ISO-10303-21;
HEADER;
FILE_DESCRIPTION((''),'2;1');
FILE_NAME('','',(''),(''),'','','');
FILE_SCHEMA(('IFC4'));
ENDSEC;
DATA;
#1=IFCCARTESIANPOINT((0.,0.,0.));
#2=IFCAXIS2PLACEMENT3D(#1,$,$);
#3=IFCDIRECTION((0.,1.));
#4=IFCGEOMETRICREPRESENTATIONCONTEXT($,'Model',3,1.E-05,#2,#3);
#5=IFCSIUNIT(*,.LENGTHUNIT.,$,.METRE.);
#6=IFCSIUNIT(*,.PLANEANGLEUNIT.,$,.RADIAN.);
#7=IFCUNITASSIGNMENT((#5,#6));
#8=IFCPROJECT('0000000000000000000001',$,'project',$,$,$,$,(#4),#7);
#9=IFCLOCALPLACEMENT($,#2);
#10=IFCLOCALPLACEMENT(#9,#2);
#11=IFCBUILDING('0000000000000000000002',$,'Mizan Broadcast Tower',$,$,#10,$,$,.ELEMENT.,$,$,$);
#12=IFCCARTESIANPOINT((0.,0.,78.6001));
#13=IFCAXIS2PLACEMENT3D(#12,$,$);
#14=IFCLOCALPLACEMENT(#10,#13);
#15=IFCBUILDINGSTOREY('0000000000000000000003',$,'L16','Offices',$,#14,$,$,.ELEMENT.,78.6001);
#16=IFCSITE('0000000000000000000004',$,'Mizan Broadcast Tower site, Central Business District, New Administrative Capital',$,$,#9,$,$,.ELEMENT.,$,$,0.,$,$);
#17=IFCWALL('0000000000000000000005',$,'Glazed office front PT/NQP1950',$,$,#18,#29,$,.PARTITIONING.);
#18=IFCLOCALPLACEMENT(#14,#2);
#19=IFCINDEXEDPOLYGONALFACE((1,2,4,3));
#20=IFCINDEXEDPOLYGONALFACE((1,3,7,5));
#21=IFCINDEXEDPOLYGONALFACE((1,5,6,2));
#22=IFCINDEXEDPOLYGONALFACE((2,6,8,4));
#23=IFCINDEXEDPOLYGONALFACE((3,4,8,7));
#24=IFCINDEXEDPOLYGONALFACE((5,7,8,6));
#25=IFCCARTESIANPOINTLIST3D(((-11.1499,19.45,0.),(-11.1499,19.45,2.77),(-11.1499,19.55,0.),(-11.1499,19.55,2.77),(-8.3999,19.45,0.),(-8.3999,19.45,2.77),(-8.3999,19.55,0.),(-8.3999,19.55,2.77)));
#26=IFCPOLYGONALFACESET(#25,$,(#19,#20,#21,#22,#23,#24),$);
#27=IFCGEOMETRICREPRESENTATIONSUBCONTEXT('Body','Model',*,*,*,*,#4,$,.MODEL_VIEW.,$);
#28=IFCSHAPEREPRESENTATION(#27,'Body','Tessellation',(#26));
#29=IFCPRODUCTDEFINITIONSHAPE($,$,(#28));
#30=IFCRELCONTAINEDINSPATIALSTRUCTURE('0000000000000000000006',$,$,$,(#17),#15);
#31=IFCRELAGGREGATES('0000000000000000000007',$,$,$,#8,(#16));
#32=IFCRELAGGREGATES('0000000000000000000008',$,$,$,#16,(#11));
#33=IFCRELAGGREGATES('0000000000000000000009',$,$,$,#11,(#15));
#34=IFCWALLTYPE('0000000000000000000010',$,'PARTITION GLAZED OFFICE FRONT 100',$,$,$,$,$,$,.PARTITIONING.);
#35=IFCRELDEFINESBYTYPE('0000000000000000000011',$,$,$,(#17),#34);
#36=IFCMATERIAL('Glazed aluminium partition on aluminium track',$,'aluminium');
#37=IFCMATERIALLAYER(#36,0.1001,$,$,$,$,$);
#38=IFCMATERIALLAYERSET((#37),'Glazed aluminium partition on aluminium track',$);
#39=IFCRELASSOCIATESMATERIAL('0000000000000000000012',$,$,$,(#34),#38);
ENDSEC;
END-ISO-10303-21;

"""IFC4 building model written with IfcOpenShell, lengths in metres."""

from ifc_helpers import new_model, si_unit, direction, frame, frame_2d, origin, place, context, subcontext, project, spatial, rectangle, extrude, material, layer, layer_set, type_object, element, save


model = new_model("IFC4")

# Units and contexts
model_context = context("Model", 3, precision=1e-05, world=origin(), true_north=direction((0.0, 1.0)))
body_context = subcontext(model_context, "Body", "Model", "MODEL_VIEW")
ifc_project = project(units=[si_unit("LENGTHUNIT", "METRE"), si_unit("PLANEANGLEUNIT", "RADIAN")], contexts=[model_context])

# Site, building, storey
site_placement = place(None, origin())
site = spatial("IfcSite", under=ifc_project, at=site_placement, Name="Mizan Broadcast Tower site, Central Business District, New Administrative Capital", CompositionType="ELEMENT", RefElevation=0.0)
building_placement = place(site_placement, origin())
building = spatial("IfcBuilding", under=site, at=building_placement, Name="Mizan Broadcast Tower", CompositionType="ELEMENT")
storey_placement = place(building_placement, frame((0.0, 0.0, 78.6001)))
storey = spatial("IfcBuildingStorey", under=building, at=storey_placement, Name="L16", Description="Offices", CompositionType="ELEMENT", Elevation=78.6001)

# Shared definitions
ifc_material_1 = material(Name="Glazed aluminium partition on aluminium track", Category="aluminium")
ifc_layer_1 = layer(ifc_material_1, 0.1001)
ifc_layer_set_1 = layer_set([ifc_layer_1], Name="Glazed aluminium partition on aluminium track")
wall_type = type_object("IfcWallType", Name="PARTITION GLAZED OFFICE FRONT 100", PredefinedType="PARTITIONING", material=ifc_layer_set_1)

# Wall
wall_1_placement = place(storey_placement, frame((-8.3999, 19.5, 0.0), z_axis=(0.0, 0.0, 1.0), x_axis=(-1.0, 0.0, 0.0)))
element("IfcWall", 1, at=wall_1_placement, inside=storey, type_object=wall_type, Name="Glazed office front PT/NQP1950", PredefinedType="PARTITIONING", context=body_context, shape_type="SweptSolid", body=[
    extrude(rectangle(XDim=2.75, YDim=0.1001, at=frame_2d((1.375, 0.0))), origin(), (0.0, 0.0, 1.0), 2.77),
])

save(model, "model.ifc")
